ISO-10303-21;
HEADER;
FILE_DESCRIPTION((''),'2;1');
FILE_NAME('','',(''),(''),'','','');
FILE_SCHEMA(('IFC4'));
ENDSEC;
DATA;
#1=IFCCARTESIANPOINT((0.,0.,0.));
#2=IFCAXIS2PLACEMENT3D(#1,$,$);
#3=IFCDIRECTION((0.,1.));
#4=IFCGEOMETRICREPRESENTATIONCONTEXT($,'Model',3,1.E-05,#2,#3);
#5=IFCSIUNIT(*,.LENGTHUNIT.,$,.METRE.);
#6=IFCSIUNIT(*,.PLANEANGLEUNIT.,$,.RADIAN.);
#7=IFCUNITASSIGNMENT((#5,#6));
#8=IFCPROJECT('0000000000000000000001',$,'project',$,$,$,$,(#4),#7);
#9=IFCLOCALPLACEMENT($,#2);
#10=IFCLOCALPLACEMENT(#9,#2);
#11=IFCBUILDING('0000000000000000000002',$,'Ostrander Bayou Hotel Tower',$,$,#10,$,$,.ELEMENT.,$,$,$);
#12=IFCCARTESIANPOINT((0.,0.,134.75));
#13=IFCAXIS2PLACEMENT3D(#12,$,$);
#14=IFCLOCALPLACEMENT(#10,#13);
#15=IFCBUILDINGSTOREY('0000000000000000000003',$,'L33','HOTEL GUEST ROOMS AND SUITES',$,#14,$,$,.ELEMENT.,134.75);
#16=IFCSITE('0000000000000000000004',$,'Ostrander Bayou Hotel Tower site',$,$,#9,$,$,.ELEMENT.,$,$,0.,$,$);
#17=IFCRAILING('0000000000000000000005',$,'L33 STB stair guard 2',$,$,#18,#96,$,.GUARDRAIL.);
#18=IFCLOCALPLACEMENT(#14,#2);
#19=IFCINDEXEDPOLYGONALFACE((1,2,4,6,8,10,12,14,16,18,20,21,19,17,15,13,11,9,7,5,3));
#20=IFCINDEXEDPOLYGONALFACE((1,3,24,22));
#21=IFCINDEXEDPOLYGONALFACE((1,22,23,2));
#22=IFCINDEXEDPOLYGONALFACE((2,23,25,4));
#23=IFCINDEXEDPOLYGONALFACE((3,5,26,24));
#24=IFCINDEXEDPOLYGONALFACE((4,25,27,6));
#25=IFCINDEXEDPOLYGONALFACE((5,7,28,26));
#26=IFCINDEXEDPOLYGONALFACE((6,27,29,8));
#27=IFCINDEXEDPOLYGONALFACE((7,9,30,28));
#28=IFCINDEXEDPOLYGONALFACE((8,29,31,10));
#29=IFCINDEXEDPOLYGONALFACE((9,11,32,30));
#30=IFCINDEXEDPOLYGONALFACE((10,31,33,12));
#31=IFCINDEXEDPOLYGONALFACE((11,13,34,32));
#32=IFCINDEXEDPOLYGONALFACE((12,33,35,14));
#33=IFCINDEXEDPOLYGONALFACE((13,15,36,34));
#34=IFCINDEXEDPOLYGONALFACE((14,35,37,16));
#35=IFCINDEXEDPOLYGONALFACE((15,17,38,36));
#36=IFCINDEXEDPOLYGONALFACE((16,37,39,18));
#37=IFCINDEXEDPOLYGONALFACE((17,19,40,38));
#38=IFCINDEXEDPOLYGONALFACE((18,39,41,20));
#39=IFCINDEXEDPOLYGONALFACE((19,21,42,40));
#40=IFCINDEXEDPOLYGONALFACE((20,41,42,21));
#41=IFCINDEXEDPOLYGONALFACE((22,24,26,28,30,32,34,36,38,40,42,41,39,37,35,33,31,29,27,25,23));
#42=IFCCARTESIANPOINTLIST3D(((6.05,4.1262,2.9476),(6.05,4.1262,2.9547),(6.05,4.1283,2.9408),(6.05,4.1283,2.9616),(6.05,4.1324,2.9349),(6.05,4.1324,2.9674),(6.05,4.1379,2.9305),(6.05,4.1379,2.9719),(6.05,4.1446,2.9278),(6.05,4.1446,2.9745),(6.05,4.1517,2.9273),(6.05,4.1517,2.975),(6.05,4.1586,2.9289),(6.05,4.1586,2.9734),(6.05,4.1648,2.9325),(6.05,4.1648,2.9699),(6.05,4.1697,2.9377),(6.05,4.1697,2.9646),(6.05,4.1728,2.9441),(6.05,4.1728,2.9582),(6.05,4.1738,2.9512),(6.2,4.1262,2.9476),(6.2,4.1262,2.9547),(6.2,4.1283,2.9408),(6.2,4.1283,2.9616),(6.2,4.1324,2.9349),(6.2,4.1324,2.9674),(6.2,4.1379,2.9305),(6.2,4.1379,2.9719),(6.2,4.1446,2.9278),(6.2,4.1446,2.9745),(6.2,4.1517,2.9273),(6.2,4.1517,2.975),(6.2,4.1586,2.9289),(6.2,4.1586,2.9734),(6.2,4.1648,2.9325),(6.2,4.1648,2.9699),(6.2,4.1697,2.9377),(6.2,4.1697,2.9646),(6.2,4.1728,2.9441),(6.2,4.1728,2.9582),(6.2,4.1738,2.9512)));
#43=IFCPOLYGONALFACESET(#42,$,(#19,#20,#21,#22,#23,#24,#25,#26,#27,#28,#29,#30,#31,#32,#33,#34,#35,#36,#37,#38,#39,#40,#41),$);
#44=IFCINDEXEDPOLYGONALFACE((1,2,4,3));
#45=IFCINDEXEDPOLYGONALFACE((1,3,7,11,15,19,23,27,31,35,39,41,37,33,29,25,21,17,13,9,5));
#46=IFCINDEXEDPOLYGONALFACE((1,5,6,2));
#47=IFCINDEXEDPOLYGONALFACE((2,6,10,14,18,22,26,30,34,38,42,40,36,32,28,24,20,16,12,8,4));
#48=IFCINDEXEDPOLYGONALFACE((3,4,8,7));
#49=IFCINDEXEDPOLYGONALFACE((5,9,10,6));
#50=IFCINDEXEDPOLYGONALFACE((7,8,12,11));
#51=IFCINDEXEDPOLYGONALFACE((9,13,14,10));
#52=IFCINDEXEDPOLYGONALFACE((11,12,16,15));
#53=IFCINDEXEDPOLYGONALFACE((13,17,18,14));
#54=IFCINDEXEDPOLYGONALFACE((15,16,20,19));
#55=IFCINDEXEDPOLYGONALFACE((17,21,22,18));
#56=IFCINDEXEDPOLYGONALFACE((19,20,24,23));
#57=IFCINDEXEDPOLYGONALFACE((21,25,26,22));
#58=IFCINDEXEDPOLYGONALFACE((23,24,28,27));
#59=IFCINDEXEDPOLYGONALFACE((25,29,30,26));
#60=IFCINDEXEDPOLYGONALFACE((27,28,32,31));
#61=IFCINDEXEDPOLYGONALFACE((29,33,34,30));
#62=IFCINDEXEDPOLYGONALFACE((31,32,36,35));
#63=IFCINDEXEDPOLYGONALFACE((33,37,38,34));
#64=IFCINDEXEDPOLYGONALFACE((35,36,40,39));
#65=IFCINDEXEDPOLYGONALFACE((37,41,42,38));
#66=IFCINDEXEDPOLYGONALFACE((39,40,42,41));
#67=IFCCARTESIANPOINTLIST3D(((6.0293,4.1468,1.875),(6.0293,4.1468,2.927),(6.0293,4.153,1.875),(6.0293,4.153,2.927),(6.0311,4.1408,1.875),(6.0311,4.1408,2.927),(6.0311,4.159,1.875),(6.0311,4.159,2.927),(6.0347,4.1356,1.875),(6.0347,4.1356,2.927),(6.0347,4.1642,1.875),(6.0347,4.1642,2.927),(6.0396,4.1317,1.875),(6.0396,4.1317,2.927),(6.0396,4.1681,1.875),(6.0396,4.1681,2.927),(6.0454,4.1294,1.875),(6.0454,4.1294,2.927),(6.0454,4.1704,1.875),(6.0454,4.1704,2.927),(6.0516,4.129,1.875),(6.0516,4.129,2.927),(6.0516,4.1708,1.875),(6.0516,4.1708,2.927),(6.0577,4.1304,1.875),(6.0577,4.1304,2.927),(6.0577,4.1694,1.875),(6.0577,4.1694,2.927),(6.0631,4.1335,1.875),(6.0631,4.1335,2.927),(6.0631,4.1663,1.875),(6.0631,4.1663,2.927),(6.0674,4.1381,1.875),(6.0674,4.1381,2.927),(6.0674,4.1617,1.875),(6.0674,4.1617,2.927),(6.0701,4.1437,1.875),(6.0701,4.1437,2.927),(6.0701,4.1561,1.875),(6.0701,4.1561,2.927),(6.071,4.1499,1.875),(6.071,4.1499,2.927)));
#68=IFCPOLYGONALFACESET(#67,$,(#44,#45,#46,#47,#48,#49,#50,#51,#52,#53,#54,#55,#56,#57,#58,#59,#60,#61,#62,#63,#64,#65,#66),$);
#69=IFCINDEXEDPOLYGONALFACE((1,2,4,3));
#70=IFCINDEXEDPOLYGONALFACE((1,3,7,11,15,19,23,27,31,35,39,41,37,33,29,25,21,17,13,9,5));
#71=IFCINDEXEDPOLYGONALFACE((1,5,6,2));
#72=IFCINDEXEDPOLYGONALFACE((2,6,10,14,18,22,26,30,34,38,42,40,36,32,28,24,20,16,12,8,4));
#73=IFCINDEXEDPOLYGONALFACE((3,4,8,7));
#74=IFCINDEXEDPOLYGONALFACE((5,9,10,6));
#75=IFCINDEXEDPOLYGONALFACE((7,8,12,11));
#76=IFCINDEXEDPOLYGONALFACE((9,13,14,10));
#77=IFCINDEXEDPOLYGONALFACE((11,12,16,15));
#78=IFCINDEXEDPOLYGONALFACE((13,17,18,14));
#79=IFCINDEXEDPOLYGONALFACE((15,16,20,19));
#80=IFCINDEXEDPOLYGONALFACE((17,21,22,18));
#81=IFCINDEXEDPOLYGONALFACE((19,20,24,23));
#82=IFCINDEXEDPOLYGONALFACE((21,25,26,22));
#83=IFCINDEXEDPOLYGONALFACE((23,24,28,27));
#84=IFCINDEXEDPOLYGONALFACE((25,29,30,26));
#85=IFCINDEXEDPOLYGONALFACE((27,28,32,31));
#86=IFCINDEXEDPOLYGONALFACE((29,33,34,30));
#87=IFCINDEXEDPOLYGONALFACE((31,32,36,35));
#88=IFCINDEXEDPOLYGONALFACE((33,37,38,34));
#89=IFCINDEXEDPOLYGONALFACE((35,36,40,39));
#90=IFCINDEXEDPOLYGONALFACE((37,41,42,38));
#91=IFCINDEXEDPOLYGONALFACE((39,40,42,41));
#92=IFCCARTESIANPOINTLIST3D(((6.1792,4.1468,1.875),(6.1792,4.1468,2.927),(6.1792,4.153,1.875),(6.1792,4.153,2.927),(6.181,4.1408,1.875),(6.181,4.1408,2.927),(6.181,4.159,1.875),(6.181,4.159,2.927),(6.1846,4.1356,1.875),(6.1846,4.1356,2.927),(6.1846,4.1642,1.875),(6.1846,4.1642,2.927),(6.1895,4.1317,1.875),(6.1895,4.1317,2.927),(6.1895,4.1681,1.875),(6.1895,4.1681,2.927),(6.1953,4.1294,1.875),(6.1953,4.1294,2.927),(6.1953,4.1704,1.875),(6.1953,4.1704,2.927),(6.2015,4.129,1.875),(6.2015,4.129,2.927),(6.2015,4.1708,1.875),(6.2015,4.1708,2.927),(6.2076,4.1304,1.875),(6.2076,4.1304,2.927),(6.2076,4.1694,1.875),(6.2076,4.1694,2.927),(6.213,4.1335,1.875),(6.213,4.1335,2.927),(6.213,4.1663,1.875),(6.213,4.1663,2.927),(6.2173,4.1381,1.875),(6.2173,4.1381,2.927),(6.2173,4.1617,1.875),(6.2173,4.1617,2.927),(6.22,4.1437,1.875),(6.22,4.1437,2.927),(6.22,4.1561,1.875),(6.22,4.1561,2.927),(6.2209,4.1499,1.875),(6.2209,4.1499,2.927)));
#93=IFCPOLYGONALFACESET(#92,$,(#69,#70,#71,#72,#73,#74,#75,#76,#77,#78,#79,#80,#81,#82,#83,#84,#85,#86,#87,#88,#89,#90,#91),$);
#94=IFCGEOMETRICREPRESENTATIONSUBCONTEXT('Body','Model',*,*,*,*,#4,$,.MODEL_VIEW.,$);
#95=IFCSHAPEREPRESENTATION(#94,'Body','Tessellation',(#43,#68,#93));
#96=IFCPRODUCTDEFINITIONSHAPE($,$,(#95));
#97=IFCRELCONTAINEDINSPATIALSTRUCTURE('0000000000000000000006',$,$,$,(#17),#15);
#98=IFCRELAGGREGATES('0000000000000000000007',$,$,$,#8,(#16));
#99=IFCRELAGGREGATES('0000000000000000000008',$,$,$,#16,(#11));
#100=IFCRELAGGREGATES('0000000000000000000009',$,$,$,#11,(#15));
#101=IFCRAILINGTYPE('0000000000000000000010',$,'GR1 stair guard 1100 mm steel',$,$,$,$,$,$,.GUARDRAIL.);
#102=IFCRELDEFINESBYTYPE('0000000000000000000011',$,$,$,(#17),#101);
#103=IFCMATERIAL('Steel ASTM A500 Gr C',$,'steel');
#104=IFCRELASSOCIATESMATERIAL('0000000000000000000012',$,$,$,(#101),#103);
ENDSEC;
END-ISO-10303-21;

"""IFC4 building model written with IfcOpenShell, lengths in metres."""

from ifc_helpers import new_model, si_unit, direction, frame, origin, origin_2d, place, context, subcontext, project, spatial, circle, extrude, material, type_object, element, save


model = new_model("IFC4")

# Units and contexts
model_context = context("Model", 3, precision=1e-05, world=origin(), true_north=direction((0.0, 1.0)))
body_context = subcontext(model_context, "Body", "Model", "MODEL_VIEW")
ifc_project = project(units=[si_unit("LENGTHUNIT", "METRE"), si_unit("PLANEANGLEUNIT", "RADIAN")], contexts=[model_context])

# Site, building, storey
site_placement = place(None, origin())
site = spatial("IfcSite", under=ifc_project, at=site_placement, Name="Ostrander Bayou Hotel Tower site", CompositionType="ELEMENT", RefElevation=0.0)
building_placement = place(site_placement, origin())
building = spatial("IfcBuilding", under=site, at=building_placement, Name="Ostrander Bayou Hotel Tower", CompositionType="ELEMENT")
storey_placement = place(building_placement, frame((0.0, 0.0, 134.75)))
storey = spatial("IfcBuildingStorey", under=building, at=storey_placement, Name="L33", Description="HOTEL GUEST ROOMS AND SUITES", CompositionType="ELEMENT", Elevation=134.75)

# Railing
ifc_material_1 = material(Name="Steel ASTM A500 Gr C", Category="steel")
railing_type_1 = type_object("IfcRailingType", Name="GR1 stair guard 1100 mm steel", PredefinedType="GUARDRAIL", material=ifc_material_1)
railing_1_placement = place(storey_placement, frame((6.05, 4.1499, 1.875)))
element("IfcRailing", 1, at=railing_1_placement, inside=storey, type_object=railing_type_1, Name="L33 STB stair guard 2", PredefinedType="GUARDRAIL", context=body_context, shape_type="SweptSolid", body=[
    extrude(circle(Radius=0.0239, at=origin_2d()), frame((0.0, 0.0, 1.0762), z_axis=(1.0, 0.0, 0.0), x_axis=(0.0, 1.0, 0.0)), (0.0, 0.0, 1.0), 0.1499),
    extrude(circle(Radius=0.021, at=origin_2d()), origin(), (0.0, 0.0, 1.0), 1.052),
    extrude(circle(Radius=0.021, at=origin_2d()), frame((0.1499, 0.0, 0.0)), (0.0, 0.0, 1.0), 1.052),
])

save(model, "model.ifc")
